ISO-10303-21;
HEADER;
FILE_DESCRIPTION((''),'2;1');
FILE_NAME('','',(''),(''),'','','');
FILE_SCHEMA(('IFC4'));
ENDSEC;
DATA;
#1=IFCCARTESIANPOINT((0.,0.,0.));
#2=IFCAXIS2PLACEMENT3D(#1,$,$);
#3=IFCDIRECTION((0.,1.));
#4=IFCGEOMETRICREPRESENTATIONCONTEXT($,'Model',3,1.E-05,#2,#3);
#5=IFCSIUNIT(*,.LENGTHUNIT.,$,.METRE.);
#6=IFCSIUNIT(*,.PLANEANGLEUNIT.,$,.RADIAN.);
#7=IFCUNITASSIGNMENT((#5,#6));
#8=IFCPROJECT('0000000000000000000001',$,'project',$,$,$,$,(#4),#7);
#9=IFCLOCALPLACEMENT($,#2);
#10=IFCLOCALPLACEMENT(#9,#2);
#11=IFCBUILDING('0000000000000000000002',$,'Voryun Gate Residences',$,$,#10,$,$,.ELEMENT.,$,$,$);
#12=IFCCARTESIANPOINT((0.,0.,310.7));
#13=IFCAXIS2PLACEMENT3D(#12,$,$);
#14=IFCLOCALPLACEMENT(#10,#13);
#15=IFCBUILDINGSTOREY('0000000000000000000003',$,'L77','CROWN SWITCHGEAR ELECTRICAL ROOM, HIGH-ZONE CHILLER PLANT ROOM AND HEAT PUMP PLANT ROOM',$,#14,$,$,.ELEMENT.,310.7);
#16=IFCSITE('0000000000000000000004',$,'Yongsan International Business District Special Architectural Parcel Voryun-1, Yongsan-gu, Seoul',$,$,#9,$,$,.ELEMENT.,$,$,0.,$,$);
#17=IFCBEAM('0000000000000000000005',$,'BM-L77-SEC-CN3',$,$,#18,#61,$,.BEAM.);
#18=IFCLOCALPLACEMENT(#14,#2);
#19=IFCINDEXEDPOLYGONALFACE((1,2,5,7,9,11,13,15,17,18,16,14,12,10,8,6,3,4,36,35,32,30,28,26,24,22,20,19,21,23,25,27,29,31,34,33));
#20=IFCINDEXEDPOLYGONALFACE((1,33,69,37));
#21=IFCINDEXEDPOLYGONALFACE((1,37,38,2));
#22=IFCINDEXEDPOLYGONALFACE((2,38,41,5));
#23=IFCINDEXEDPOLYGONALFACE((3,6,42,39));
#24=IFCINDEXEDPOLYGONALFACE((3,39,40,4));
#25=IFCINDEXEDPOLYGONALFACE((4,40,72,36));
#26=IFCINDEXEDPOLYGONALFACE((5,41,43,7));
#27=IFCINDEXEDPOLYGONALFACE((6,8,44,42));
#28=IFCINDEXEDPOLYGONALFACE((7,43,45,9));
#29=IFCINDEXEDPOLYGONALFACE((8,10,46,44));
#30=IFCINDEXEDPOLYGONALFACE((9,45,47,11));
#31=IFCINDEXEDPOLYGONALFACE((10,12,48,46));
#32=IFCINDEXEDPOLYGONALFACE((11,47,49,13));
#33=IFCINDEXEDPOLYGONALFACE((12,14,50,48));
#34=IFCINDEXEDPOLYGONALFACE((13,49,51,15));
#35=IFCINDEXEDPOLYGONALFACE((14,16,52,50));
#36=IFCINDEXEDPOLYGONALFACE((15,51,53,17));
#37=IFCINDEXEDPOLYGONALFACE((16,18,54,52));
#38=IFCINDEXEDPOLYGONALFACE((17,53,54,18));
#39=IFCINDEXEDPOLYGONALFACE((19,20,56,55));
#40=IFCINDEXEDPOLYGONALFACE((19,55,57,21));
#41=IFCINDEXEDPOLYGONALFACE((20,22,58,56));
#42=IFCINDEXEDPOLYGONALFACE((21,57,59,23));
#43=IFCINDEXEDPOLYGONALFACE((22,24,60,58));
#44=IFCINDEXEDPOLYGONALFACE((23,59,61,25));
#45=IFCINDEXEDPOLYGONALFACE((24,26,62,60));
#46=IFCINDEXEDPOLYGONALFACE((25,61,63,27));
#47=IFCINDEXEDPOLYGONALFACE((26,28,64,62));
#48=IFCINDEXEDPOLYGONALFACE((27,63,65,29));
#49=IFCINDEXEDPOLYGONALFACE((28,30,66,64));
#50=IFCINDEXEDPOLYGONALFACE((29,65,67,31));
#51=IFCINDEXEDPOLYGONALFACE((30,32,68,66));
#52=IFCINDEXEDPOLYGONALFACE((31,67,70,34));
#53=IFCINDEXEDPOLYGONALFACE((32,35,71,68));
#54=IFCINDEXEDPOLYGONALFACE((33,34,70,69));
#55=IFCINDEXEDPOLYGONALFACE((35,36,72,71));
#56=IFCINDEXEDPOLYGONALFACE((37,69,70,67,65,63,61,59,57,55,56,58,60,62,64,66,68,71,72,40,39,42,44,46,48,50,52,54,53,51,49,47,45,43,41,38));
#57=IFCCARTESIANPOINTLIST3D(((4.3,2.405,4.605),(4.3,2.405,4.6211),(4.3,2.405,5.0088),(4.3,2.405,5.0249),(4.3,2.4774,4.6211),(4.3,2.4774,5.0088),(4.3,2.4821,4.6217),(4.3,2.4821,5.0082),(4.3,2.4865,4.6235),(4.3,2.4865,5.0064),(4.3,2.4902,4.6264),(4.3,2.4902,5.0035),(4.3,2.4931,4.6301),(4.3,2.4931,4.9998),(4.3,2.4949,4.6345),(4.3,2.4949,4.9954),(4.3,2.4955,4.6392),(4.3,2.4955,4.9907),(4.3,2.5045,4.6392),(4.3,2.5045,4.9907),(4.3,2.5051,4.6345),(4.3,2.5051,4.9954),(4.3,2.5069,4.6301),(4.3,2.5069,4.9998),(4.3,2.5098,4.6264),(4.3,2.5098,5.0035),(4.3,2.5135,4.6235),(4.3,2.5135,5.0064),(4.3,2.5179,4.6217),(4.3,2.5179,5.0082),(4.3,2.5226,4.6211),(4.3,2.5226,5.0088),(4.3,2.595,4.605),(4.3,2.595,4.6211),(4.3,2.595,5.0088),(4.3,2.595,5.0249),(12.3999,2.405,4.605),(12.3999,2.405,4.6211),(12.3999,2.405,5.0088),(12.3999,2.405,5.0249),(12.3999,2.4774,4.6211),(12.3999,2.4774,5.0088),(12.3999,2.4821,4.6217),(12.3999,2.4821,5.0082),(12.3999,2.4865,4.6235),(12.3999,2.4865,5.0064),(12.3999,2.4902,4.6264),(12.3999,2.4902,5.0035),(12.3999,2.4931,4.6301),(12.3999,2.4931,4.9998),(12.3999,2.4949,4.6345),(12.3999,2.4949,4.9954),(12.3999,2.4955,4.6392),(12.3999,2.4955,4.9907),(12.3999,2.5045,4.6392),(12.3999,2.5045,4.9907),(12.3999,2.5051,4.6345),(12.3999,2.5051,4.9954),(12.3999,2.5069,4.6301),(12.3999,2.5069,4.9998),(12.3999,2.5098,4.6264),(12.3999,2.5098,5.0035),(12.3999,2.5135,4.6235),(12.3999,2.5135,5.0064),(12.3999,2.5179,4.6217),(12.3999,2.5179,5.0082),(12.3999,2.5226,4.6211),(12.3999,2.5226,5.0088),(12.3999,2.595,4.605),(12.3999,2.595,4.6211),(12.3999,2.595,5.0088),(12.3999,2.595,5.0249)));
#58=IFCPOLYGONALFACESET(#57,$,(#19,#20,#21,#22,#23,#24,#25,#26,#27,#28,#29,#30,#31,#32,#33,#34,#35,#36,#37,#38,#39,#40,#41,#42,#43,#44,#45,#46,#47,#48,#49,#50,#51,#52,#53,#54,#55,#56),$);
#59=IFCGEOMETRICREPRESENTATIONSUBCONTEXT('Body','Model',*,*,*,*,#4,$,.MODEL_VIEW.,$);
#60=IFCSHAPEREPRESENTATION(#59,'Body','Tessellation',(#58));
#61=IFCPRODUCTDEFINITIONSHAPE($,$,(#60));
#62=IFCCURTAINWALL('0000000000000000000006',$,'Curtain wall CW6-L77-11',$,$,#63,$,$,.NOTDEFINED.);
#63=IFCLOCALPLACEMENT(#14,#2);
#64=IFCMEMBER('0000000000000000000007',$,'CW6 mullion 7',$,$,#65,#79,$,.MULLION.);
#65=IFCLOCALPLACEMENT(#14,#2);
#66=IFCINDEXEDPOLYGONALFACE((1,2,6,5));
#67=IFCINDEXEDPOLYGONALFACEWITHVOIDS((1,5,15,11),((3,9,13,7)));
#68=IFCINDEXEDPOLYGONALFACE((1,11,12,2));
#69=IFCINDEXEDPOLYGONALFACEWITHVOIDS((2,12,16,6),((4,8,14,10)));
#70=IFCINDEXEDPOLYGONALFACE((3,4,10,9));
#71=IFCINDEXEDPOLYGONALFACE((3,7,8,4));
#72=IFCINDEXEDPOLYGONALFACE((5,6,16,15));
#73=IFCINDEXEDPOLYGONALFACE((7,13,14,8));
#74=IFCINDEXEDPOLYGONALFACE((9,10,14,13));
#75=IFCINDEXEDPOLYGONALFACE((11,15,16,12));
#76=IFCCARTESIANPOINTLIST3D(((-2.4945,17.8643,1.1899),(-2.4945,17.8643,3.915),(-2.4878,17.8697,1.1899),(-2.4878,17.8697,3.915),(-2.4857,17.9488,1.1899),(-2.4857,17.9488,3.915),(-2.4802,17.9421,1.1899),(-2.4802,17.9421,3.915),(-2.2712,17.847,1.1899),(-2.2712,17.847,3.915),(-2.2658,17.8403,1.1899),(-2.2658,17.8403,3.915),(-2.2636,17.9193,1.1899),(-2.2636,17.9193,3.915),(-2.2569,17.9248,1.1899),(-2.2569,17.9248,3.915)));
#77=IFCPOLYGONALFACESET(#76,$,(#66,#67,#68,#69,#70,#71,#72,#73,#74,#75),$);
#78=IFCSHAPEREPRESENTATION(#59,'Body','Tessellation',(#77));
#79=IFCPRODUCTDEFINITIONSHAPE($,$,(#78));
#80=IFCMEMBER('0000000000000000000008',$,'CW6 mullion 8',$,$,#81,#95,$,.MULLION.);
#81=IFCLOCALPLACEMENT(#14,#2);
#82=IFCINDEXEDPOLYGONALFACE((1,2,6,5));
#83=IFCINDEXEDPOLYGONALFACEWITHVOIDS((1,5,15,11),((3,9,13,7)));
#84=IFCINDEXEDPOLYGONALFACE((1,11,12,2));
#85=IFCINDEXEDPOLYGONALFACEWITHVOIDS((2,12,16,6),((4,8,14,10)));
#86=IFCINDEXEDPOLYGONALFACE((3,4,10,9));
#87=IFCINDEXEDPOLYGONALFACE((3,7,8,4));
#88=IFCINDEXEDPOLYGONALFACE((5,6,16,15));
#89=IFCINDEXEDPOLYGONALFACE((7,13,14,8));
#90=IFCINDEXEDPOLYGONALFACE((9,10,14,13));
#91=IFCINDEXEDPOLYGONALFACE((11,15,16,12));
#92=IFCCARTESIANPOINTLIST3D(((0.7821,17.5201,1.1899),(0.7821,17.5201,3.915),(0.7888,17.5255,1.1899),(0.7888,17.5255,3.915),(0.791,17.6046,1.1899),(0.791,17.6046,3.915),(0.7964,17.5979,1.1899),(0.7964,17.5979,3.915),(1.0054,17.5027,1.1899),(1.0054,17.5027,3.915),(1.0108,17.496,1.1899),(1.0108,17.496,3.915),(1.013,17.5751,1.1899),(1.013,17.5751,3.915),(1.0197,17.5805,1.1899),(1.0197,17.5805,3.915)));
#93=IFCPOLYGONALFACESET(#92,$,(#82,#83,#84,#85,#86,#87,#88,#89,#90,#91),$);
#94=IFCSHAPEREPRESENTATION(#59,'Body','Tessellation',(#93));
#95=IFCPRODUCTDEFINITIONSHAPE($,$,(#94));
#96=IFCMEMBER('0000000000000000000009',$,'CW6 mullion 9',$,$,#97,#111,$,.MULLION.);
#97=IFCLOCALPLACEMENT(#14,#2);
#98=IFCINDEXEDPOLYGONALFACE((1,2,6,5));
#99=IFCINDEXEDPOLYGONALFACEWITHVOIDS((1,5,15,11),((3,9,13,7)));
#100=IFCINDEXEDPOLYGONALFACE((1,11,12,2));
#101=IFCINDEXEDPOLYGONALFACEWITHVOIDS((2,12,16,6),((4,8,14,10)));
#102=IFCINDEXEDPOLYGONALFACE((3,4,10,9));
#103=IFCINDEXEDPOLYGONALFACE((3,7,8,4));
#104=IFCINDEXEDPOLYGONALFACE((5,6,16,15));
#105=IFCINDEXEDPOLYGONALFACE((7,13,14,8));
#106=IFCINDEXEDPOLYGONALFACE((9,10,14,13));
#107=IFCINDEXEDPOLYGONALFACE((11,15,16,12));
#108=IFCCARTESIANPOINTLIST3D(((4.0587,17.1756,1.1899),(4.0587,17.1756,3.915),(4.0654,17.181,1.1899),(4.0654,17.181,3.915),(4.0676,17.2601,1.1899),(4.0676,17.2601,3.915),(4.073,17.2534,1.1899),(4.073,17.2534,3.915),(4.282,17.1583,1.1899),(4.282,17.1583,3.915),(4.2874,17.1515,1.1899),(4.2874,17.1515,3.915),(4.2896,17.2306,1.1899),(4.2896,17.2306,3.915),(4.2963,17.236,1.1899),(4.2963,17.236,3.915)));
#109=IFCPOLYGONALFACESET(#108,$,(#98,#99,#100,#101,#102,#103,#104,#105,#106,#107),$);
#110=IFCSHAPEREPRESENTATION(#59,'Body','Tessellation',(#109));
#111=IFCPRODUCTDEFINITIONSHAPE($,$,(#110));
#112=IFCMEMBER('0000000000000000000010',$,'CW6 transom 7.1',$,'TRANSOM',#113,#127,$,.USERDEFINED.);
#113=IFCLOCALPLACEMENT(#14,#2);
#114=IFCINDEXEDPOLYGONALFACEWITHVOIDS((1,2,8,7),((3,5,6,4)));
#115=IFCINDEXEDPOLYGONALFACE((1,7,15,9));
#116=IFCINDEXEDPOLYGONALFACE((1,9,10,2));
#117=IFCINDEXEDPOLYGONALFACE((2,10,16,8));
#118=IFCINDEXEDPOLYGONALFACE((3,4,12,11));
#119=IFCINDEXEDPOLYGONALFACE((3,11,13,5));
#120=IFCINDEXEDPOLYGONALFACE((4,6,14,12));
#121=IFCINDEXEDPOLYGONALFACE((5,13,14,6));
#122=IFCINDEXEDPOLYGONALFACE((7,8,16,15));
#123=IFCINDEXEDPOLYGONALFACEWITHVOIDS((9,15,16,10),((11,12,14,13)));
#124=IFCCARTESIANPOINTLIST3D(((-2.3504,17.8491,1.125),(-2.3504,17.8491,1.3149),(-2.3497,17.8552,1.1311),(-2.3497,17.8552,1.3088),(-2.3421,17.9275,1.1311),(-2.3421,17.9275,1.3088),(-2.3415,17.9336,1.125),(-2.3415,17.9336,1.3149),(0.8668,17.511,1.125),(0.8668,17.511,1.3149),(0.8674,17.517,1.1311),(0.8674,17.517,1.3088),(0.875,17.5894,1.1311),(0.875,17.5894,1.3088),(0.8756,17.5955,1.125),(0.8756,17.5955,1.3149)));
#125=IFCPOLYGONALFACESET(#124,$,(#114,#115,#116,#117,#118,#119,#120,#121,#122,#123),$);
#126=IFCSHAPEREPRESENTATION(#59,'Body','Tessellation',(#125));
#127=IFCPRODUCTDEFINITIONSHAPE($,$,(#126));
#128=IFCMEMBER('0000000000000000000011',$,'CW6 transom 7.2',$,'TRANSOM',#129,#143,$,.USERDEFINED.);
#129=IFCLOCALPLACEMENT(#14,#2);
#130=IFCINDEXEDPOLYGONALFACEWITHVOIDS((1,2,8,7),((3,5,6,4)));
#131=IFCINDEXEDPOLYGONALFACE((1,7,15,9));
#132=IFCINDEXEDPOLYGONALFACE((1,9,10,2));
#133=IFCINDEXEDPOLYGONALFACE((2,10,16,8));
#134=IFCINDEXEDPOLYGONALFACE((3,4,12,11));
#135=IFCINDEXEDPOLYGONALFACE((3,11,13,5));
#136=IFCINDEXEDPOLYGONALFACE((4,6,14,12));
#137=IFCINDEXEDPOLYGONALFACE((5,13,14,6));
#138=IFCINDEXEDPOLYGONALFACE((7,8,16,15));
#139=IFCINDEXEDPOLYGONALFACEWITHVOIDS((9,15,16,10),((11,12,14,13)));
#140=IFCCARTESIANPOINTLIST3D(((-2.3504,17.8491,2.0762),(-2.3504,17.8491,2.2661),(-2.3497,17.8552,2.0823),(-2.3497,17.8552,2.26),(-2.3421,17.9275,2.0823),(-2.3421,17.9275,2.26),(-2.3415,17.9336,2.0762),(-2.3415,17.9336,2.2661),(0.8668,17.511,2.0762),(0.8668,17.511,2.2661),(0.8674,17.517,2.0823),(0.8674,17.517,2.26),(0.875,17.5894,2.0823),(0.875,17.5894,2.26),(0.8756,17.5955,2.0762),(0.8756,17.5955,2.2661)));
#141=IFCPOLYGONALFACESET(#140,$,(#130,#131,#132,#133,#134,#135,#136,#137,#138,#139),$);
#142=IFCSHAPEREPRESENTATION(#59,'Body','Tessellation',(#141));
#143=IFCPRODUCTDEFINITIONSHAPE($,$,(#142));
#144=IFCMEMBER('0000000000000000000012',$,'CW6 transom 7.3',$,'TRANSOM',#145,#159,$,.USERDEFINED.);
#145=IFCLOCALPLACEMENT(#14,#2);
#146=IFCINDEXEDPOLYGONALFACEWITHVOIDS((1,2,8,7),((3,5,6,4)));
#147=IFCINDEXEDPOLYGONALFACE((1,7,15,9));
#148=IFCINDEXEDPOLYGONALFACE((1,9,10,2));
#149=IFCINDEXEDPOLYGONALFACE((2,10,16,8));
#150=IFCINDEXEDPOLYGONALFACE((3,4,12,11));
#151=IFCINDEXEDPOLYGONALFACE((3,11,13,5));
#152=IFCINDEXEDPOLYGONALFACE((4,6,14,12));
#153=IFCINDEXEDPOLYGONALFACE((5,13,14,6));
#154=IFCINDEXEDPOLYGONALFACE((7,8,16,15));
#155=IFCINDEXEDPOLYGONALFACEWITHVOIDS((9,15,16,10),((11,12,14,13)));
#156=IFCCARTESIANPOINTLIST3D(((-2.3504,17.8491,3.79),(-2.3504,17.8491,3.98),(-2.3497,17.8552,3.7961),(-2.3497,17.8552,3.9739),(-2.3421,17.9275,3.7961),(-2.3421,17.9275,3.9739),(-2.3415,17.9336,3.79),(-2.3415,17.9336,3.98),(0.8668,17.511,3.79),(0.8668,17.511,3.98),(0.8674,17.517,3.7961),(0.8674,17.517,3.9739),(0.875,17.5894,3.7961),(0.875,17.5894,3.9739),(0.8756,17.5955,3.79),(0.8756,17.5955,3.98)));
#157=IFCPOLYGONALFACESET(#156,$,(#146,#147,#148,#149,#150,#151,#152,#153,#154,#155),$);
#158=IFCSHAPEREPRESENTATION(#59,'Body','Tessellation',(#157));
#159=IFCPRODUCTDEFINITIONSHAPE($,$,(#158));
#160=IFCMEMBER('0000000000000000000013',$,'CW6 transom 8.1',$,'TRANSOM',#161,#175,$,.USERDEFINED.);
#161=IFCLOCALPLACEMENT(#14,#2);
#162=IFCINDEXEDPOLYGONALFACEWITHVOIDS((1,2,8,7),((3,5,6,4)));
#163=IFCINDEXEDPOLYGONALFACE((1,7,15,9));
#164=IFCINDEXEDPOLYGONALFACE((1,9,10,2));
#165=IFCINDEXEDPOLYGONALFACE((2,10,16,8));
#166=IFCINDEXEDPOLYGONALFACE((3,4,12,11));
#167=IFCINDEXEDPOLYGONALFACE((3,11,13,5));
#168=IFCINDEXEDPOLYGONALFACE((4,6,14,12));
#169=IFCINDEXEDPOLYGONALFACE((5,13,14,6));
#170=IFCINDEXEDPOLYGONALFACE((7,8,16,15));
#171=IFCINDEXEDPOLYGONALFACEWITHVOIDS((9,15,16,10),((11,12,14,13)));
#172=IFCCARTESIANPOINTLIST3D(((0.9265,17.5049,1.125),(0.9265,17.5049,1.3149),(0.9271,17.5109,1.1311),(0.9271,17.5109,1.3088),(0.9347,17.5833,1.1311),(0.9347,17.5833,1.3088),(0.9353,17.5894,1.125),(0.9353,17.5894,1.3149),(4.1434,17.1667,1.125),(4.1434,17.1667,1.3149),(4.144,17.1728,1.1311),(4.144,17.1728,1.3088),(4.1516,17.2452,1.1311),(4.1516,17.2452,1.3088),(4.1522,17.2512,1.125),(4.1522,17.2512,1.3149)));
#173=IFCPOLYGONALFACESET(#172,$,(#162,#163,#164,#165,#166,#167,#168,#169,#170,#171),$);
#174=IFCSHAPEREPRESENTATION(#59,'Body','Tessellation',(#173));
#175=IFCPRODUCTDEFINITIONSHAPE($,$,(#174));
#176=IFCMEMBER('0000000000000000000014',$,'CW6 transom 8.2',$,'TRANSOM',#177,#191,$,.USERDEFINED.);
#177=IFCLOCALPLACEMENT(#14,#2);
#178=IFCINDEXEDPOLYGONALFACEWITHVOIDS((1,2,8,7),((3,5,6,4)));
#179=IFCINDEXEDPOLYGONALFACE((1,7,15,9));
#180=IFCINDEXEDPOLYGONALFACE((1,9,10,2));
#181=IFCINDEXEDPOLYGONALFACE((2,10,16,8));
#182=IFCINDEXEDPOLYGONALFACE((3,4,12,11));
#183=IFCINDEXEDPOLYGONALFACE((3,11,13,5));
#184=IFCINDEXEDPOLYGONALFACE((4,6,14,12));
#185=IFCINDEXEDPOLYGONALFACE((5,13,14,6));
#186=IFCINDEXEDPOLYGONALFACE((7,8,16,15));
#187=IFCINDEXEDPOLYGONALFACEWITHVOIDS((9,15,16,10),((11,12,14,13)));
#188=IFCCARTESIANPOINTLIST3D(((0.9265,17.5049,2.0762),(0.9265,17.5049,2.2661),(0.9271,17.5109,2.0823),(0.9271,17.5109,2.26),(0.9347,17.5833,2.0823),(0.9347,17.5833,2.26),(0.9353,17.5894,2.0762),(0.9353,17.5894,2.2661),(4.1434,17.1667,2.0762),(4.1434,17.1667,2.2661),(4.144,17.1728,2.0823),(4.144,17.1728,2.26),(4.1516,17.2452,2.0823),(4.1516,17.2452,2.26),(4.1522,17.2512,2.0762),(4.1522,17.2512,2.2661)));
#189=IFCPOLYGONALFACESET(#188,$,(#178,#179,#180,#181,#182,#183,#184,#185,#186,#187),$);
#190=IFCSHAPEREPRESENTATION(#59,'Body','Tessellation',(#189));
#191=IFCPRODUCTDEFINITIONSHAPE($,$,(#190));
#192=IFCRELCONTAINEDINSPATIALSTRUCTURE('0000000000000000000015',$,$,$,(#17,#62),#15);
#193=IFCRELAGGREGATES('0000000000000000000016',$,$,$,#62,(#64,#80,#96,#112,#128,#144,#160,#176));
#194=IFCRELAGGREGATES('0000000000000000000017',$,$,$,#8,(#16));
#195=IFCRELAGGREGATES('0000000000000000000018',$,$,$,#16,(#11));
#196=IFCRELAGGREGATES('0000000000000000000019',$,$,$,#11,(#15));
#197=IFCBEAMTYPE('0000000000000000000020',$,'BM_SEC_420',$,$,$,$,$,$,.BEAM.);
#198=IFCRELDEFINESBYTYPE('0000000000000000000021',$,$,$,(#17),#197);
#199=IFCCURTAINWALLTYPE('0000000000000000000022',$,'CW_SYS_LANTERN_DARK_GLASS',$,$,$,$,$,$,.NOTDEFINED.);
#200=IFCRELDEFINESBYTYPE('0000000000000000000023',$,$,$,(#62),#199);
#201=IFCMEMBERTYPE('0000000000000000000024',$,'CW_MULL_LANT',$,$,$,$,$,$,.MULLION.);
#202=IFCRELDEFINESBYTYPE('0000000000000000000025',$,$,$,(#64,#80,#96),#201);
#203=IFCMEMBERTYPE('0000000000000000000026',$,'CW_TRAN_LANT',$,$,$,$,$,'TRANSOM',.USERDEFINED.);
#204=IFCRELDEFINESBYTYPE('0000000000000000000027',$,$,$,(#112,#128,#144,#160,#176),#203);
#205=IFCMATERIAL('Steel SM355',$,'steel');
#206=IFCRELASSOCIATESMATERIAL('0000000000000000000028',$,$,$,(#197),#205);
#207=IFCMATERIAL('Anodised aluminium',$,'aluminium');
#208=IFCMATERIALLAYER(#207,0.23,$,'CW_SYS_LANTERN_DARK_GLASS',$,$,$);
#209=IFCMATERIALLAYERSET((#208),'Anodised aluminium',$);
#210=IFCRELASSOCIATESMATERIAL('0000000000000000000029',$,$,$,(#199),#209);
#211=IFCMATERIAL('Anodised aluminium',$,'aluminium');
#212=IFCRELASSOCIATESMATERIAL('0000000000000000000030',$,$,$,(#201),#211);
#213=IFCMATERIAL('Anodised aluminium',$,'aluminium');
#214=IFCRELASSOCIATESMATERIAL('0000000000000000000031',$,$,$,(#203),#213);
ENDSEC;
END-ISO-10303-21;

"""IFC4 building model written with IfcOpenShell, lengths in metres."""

from ifc_helpers import new_model, si_unit, direction, frame, origin, origin_2d, place, context, subcontext, project, spatial, hollow_rectangle, i_section, extrude, material, layer, layer_set, material_profile, profile_set, type_object, element, aggregate, save


model = new_model("IFC4")

# Units and contexts
model_context = context("Model", 3, precision=1e-05, world=origin(), true_north=direction((0.0, 1.0)))
body_context = subcontext(model_context, "Body", "Model", "MODEL_VIEW")
ifc_project = project(units=[si_unit("LENGTHUNIT", "METRE"), si_unit("PLANEANGLEUNIT", "RADIAN")], contexts=[model_context])

# Site, building, storey
site_placement = place(None, origin())
site = spatial("IfcSite", under=ifc_project, at=site_placement, Name="Yongsan International Business District Special Architectural Parcel Voryun-1, Yongsan-gu, Seoul", CompositionType="ELEMENT", RefElevation=0.0)
building_placement = place(site_placement, origin())
building = spatial("IfcBuilding", under=site, at=building_placement, Name="Voryun Gate Residences", CompositionType="ELEMENT")
storey_placement = place(building_placement, frame((0.0, 0.0, 310.7)))
storey = spatial("IfcBuildingStorey", under=building, at=storey_placement, Name="L77", Description="CROWN SWITCHGEAR ELECTRICAL ROOM, HIGH-ZONE CHILLER PLANT ROOM AND HEAT PUMP PLANT ROOM", CompositionType="ELEMENT", Elevation=310.7)

# Beam
ifc_material_1 = material(Name="Steel SM355", Category="steel")
ifc_material_profile_1 = material_profile(ifc_material_1, i_section(OverallWidth=0.1899, OverallDepth=0.4199, WebThickness=0.009, FlangeThickness=0.0161, FilletRadius=0.0181, at=origin_2d()), Name="H-420x190x9x16")
ifc_profile_set_1 = profile_set([ifc_material_profile_1], Name="Steel SM355")
beam_type_1 = type_object("IfcBeamType", Name="BM_SEC_420", PredefinedType="BEAM", material=ifc_profile_set_1)
for number, where, z_axis, x_axis, name in (
    (1, (4.3, 2.5, 4.8149), (1.0, 0.0, 0.0), (0.0, 1.0, 0.0), "BM-L77-SEC-CN3"),
):
    element("IfcBeam", number, at=place(storey_placement, frame(where, z_axis=z_axis, x_axis=x_axis)), inside=storey, type_object=beam_type_1, Name=name, PredefinedType="BEAM", context=body_context, shape_type="SweptSolid", body=[
        extrude(i_section(OverallWidth=0.1899, OverallDepth=0.4199, WebThickness=0.009, FlangeThickness=0.0161, FilletRadius=0.0181, at=origin_2d()), origin(), (0.0, 0.0, 1.0), 8.0999),
    ])

# Curtain wall, members
ifc_material_2 = material(Name="Anodised aluminium", Category="aluminium")
ifc_layer_1 = layer(ifc_material_2, 0.23, Name="CW_SYS_LANTERN_DARK_GLASS")
ifc_layer_set_1 = layer_set([ifc_layer_1], Name="Anodised aluminium")
curtain_wall_type = type_object("IfcCurtainWallType", Name="CW_SYS_LANTERN_DARK_GLASS", PredefinedType="NOTDEFINED", material=ifc_layer_set_1)
curtain_wall_placement = place(storey_placement, origin())
curtain_wall = element("IfcCurtainWall", 2, at=curtain_wall_placement, inside=storey, type_object=curtain_wall_type, Name="Curtain wall CW6-L77-11", PredefinedType="NOTDEFINED")
ifc_material_3 = material(Name="Anodised aluminium", Category="aluminium")
ifc_material_profile_2 = material_profile(ifc_material_3, hollow_rectangle(XDim=0.085, YDim=0.23, WallThickness=0.0061, at=origin_2d()), Name="ALU-MULL-230x85x6")
ifc_profile_set_2 = profile_set([ifc_material_profile_2], Name="Anodised aluminium")
member_type_1 = type_object("IfcMemberType", Name="CW_MULL_LANT", PredefinedType="MULLION", material=ifc_profile_set_2)
member_1_placement = place(storey_placement, frame((-2.3757, 17.8945, 1.1899), z_axis=(0.0, 0.0, 1.0), x_axis=(0.104528, 0.994522, 0.0)))
member_1 = element("IfcMember", 3, at=member_1_placement, type_object=member_type_1, Name="CW6 mullion 7", PredefinedType="MULLION", context=body_context, shape_type="SweptSolid", body=[
    extrude(hollow_rectangle(XDim=0.085, YDim=0.23, WallThickness=0.0061, at=origin_2d()), origin(), (0.0, 0.0, 1.0), 2.7251),
])
member_2_placement = place(storey_placement, frame((0.9009, 17.5503, 1.1899), z_axis=(0.0, 0.0, 1.0), x_axis=(0.104528, 0.994522, 0.0)))
member_2 = element("IfcMember", 4, at=member_2_placement, type_object=member_type_1, Name="CW6 mullion 8", PredefinedType="MULLION", context=body_context, shape_type="SweptSolid", body=[
    extrude(hollow_rectangle(XDim=0.085, YDim=0.23, WallThickness=0.0061, at=origin_2d()), origin(), (0.0, 0.0, 1.0), 2.7251),
])
member_3_placement = place(storey_placement, frame((4.1775, 17.2058, 1.1899), z_axis=(0.0, 0.0, 1.0), x_axis=(0.104528, 0.994522, 0.0)))
member_3 = element("IfcMember", 5, at=member_3_placement, type_object=member_type_1, Name="CW6 mullion 9", PredefinedType="MULLION", context=body_context, shape_type="SweptSolid", body=[
    extrude(hollow_rectangle(XDim=0.085, YDim=0.23, WallThickness=0.0061, at=origin_2d()), origin(), (0.0, 0.0, 1.0), 2.7251),
])
ifc_material_4 = material(Name="Anodised aluminium", Category="aluminium")
ifc_material_profile_3 = material_profile(ifc_material_4, hollow_rectangle(XDim=0.085, YDim=0.1899, WallThickness=0.0061, at=origin_2d()), Name="ALU-TRAN-190x85x6")
ifc_profile_set_3 = profile_set([ifc_material_profile_3], Name="Anodised aluminium")
member_type_2 = type_object("IfcMemberType", Name="CW_TRAN_LANT", ElementType="TRANSOM", PredefinedType="USERDEFINED", material=ifc_profile_set_3)
member_4_placement = place(storey_placement, frame((-2.3459, 17.8914, 1.22), z_axis=(0.994522, -0.104532, 0.0), x_axis=(0.104532, 0.994522, 0.0)))
member_4 = element("IfcMember", 6, at=member_4_placement, type_object=member_type_2, Name="CW6 transom 7.1", ObjectType="TRANSOM", PredefinedType="USERDEFINED", context=body_context, shape_type="SweptSolid", body=[
    extrude(hollow_rectangle(XDim=0.085, YDim=0.1899, WallThickness=0.0061, at=origin_2d()), origin(), (0.0, 0.0, 1.0), 3.2349),
])
member_5_placement = place(storey_placement, frame((-2.3459, 17.8914, 2.1711), z_axis=(0.994522, -0.104532, 0.0), x_axis=(0.104532, 0.994522, 0.0)))
member_5 = element("IfcMember", 7, at=member_5_placement, type_object=member_type_2, Name="CW6 transom 7.2", ObjectType="TRANSOM", PredefinedType="USERDEFINED", context=body_context, shape_type="SweptSolid", body=[
    extrude(hollow_rectangle(XDim=0.085, YDim=0.1899, WallThickness=0.0061, at=origin_2d()), origin(), (0.0, 0.0, 1.0), 3.2349),
])
member_6_placement = place(storey_placement, frame((-2.3459, 17.8914, 3.885), z_axis=(0.994522, -0.104532, 0.0), x_axis=(0.104532, 0.994522, 0.0)))
member_6 = element("IfcMember", 8, at=member_6_placement, type_object=member_type_2, Name="CW6 transom 7.3", ObjectType="TRANSOM", PredefinedType="USERDEFINED", context=body_context, shape_type="SweptSolid", body=[
    extrude(hollow_rectangle(XDim=0.085, YDim=0.1899, WallThickness=0.0061, at=origin_2d()), origin(), (0.0, 0.0, 1.0), 3.2349),
])
member_7_placement = place(storey_placement, frame((0.9309, 17.5471, 1.22), z_axis=(0.994521, -0.104539, 0.0), x_axis=(0.104539, 0.994521, 0.0)))
member_7 = element("IfcMember", 9, at=member_7_placement, type_object=member_type_2, Name="CW6 transom 8.1", ObjectType="TRANSOM", PredefinedType="USERDEFINED", context=body_context, shape_type="SweptSolid", body=[
    extrude(hollow_rectangle(XDim=0.085, YDim=0.1899, WallThickness=0.0061, at=origin_2d()), origin(), (0.0, 0.0, 1.0), 3.2346),
])
member_8_placement = place(storey_placement, frame((0.9309, 17.5471, 2.1711), z_axis=(0.994521, -0.104539, 0.0), x_axis=(0.104539, 0.994521, 0.0)))
member_8 = element("IfcMember", 10, at=member_8_placement, type_object=member_type_2, Name="CW6 transom 8.2", ObjectType="TRANSOM", PredefinedType="USERDEFINED", context=body_context, shape_type="SweptSolid", body=[
    extrude(hollow_rectangle(XDim=0.085, YDim=0.1899, WallThickness=0.0061, at=origin_2d()), origin(), (0.0, 0.0, 1.0), 3.2346),
])

aggregate(curtain_wall, [member_1, member_2, member_3, member_4, member_5, member_6, member_7, member_8])

save(model, "model.ifc")
